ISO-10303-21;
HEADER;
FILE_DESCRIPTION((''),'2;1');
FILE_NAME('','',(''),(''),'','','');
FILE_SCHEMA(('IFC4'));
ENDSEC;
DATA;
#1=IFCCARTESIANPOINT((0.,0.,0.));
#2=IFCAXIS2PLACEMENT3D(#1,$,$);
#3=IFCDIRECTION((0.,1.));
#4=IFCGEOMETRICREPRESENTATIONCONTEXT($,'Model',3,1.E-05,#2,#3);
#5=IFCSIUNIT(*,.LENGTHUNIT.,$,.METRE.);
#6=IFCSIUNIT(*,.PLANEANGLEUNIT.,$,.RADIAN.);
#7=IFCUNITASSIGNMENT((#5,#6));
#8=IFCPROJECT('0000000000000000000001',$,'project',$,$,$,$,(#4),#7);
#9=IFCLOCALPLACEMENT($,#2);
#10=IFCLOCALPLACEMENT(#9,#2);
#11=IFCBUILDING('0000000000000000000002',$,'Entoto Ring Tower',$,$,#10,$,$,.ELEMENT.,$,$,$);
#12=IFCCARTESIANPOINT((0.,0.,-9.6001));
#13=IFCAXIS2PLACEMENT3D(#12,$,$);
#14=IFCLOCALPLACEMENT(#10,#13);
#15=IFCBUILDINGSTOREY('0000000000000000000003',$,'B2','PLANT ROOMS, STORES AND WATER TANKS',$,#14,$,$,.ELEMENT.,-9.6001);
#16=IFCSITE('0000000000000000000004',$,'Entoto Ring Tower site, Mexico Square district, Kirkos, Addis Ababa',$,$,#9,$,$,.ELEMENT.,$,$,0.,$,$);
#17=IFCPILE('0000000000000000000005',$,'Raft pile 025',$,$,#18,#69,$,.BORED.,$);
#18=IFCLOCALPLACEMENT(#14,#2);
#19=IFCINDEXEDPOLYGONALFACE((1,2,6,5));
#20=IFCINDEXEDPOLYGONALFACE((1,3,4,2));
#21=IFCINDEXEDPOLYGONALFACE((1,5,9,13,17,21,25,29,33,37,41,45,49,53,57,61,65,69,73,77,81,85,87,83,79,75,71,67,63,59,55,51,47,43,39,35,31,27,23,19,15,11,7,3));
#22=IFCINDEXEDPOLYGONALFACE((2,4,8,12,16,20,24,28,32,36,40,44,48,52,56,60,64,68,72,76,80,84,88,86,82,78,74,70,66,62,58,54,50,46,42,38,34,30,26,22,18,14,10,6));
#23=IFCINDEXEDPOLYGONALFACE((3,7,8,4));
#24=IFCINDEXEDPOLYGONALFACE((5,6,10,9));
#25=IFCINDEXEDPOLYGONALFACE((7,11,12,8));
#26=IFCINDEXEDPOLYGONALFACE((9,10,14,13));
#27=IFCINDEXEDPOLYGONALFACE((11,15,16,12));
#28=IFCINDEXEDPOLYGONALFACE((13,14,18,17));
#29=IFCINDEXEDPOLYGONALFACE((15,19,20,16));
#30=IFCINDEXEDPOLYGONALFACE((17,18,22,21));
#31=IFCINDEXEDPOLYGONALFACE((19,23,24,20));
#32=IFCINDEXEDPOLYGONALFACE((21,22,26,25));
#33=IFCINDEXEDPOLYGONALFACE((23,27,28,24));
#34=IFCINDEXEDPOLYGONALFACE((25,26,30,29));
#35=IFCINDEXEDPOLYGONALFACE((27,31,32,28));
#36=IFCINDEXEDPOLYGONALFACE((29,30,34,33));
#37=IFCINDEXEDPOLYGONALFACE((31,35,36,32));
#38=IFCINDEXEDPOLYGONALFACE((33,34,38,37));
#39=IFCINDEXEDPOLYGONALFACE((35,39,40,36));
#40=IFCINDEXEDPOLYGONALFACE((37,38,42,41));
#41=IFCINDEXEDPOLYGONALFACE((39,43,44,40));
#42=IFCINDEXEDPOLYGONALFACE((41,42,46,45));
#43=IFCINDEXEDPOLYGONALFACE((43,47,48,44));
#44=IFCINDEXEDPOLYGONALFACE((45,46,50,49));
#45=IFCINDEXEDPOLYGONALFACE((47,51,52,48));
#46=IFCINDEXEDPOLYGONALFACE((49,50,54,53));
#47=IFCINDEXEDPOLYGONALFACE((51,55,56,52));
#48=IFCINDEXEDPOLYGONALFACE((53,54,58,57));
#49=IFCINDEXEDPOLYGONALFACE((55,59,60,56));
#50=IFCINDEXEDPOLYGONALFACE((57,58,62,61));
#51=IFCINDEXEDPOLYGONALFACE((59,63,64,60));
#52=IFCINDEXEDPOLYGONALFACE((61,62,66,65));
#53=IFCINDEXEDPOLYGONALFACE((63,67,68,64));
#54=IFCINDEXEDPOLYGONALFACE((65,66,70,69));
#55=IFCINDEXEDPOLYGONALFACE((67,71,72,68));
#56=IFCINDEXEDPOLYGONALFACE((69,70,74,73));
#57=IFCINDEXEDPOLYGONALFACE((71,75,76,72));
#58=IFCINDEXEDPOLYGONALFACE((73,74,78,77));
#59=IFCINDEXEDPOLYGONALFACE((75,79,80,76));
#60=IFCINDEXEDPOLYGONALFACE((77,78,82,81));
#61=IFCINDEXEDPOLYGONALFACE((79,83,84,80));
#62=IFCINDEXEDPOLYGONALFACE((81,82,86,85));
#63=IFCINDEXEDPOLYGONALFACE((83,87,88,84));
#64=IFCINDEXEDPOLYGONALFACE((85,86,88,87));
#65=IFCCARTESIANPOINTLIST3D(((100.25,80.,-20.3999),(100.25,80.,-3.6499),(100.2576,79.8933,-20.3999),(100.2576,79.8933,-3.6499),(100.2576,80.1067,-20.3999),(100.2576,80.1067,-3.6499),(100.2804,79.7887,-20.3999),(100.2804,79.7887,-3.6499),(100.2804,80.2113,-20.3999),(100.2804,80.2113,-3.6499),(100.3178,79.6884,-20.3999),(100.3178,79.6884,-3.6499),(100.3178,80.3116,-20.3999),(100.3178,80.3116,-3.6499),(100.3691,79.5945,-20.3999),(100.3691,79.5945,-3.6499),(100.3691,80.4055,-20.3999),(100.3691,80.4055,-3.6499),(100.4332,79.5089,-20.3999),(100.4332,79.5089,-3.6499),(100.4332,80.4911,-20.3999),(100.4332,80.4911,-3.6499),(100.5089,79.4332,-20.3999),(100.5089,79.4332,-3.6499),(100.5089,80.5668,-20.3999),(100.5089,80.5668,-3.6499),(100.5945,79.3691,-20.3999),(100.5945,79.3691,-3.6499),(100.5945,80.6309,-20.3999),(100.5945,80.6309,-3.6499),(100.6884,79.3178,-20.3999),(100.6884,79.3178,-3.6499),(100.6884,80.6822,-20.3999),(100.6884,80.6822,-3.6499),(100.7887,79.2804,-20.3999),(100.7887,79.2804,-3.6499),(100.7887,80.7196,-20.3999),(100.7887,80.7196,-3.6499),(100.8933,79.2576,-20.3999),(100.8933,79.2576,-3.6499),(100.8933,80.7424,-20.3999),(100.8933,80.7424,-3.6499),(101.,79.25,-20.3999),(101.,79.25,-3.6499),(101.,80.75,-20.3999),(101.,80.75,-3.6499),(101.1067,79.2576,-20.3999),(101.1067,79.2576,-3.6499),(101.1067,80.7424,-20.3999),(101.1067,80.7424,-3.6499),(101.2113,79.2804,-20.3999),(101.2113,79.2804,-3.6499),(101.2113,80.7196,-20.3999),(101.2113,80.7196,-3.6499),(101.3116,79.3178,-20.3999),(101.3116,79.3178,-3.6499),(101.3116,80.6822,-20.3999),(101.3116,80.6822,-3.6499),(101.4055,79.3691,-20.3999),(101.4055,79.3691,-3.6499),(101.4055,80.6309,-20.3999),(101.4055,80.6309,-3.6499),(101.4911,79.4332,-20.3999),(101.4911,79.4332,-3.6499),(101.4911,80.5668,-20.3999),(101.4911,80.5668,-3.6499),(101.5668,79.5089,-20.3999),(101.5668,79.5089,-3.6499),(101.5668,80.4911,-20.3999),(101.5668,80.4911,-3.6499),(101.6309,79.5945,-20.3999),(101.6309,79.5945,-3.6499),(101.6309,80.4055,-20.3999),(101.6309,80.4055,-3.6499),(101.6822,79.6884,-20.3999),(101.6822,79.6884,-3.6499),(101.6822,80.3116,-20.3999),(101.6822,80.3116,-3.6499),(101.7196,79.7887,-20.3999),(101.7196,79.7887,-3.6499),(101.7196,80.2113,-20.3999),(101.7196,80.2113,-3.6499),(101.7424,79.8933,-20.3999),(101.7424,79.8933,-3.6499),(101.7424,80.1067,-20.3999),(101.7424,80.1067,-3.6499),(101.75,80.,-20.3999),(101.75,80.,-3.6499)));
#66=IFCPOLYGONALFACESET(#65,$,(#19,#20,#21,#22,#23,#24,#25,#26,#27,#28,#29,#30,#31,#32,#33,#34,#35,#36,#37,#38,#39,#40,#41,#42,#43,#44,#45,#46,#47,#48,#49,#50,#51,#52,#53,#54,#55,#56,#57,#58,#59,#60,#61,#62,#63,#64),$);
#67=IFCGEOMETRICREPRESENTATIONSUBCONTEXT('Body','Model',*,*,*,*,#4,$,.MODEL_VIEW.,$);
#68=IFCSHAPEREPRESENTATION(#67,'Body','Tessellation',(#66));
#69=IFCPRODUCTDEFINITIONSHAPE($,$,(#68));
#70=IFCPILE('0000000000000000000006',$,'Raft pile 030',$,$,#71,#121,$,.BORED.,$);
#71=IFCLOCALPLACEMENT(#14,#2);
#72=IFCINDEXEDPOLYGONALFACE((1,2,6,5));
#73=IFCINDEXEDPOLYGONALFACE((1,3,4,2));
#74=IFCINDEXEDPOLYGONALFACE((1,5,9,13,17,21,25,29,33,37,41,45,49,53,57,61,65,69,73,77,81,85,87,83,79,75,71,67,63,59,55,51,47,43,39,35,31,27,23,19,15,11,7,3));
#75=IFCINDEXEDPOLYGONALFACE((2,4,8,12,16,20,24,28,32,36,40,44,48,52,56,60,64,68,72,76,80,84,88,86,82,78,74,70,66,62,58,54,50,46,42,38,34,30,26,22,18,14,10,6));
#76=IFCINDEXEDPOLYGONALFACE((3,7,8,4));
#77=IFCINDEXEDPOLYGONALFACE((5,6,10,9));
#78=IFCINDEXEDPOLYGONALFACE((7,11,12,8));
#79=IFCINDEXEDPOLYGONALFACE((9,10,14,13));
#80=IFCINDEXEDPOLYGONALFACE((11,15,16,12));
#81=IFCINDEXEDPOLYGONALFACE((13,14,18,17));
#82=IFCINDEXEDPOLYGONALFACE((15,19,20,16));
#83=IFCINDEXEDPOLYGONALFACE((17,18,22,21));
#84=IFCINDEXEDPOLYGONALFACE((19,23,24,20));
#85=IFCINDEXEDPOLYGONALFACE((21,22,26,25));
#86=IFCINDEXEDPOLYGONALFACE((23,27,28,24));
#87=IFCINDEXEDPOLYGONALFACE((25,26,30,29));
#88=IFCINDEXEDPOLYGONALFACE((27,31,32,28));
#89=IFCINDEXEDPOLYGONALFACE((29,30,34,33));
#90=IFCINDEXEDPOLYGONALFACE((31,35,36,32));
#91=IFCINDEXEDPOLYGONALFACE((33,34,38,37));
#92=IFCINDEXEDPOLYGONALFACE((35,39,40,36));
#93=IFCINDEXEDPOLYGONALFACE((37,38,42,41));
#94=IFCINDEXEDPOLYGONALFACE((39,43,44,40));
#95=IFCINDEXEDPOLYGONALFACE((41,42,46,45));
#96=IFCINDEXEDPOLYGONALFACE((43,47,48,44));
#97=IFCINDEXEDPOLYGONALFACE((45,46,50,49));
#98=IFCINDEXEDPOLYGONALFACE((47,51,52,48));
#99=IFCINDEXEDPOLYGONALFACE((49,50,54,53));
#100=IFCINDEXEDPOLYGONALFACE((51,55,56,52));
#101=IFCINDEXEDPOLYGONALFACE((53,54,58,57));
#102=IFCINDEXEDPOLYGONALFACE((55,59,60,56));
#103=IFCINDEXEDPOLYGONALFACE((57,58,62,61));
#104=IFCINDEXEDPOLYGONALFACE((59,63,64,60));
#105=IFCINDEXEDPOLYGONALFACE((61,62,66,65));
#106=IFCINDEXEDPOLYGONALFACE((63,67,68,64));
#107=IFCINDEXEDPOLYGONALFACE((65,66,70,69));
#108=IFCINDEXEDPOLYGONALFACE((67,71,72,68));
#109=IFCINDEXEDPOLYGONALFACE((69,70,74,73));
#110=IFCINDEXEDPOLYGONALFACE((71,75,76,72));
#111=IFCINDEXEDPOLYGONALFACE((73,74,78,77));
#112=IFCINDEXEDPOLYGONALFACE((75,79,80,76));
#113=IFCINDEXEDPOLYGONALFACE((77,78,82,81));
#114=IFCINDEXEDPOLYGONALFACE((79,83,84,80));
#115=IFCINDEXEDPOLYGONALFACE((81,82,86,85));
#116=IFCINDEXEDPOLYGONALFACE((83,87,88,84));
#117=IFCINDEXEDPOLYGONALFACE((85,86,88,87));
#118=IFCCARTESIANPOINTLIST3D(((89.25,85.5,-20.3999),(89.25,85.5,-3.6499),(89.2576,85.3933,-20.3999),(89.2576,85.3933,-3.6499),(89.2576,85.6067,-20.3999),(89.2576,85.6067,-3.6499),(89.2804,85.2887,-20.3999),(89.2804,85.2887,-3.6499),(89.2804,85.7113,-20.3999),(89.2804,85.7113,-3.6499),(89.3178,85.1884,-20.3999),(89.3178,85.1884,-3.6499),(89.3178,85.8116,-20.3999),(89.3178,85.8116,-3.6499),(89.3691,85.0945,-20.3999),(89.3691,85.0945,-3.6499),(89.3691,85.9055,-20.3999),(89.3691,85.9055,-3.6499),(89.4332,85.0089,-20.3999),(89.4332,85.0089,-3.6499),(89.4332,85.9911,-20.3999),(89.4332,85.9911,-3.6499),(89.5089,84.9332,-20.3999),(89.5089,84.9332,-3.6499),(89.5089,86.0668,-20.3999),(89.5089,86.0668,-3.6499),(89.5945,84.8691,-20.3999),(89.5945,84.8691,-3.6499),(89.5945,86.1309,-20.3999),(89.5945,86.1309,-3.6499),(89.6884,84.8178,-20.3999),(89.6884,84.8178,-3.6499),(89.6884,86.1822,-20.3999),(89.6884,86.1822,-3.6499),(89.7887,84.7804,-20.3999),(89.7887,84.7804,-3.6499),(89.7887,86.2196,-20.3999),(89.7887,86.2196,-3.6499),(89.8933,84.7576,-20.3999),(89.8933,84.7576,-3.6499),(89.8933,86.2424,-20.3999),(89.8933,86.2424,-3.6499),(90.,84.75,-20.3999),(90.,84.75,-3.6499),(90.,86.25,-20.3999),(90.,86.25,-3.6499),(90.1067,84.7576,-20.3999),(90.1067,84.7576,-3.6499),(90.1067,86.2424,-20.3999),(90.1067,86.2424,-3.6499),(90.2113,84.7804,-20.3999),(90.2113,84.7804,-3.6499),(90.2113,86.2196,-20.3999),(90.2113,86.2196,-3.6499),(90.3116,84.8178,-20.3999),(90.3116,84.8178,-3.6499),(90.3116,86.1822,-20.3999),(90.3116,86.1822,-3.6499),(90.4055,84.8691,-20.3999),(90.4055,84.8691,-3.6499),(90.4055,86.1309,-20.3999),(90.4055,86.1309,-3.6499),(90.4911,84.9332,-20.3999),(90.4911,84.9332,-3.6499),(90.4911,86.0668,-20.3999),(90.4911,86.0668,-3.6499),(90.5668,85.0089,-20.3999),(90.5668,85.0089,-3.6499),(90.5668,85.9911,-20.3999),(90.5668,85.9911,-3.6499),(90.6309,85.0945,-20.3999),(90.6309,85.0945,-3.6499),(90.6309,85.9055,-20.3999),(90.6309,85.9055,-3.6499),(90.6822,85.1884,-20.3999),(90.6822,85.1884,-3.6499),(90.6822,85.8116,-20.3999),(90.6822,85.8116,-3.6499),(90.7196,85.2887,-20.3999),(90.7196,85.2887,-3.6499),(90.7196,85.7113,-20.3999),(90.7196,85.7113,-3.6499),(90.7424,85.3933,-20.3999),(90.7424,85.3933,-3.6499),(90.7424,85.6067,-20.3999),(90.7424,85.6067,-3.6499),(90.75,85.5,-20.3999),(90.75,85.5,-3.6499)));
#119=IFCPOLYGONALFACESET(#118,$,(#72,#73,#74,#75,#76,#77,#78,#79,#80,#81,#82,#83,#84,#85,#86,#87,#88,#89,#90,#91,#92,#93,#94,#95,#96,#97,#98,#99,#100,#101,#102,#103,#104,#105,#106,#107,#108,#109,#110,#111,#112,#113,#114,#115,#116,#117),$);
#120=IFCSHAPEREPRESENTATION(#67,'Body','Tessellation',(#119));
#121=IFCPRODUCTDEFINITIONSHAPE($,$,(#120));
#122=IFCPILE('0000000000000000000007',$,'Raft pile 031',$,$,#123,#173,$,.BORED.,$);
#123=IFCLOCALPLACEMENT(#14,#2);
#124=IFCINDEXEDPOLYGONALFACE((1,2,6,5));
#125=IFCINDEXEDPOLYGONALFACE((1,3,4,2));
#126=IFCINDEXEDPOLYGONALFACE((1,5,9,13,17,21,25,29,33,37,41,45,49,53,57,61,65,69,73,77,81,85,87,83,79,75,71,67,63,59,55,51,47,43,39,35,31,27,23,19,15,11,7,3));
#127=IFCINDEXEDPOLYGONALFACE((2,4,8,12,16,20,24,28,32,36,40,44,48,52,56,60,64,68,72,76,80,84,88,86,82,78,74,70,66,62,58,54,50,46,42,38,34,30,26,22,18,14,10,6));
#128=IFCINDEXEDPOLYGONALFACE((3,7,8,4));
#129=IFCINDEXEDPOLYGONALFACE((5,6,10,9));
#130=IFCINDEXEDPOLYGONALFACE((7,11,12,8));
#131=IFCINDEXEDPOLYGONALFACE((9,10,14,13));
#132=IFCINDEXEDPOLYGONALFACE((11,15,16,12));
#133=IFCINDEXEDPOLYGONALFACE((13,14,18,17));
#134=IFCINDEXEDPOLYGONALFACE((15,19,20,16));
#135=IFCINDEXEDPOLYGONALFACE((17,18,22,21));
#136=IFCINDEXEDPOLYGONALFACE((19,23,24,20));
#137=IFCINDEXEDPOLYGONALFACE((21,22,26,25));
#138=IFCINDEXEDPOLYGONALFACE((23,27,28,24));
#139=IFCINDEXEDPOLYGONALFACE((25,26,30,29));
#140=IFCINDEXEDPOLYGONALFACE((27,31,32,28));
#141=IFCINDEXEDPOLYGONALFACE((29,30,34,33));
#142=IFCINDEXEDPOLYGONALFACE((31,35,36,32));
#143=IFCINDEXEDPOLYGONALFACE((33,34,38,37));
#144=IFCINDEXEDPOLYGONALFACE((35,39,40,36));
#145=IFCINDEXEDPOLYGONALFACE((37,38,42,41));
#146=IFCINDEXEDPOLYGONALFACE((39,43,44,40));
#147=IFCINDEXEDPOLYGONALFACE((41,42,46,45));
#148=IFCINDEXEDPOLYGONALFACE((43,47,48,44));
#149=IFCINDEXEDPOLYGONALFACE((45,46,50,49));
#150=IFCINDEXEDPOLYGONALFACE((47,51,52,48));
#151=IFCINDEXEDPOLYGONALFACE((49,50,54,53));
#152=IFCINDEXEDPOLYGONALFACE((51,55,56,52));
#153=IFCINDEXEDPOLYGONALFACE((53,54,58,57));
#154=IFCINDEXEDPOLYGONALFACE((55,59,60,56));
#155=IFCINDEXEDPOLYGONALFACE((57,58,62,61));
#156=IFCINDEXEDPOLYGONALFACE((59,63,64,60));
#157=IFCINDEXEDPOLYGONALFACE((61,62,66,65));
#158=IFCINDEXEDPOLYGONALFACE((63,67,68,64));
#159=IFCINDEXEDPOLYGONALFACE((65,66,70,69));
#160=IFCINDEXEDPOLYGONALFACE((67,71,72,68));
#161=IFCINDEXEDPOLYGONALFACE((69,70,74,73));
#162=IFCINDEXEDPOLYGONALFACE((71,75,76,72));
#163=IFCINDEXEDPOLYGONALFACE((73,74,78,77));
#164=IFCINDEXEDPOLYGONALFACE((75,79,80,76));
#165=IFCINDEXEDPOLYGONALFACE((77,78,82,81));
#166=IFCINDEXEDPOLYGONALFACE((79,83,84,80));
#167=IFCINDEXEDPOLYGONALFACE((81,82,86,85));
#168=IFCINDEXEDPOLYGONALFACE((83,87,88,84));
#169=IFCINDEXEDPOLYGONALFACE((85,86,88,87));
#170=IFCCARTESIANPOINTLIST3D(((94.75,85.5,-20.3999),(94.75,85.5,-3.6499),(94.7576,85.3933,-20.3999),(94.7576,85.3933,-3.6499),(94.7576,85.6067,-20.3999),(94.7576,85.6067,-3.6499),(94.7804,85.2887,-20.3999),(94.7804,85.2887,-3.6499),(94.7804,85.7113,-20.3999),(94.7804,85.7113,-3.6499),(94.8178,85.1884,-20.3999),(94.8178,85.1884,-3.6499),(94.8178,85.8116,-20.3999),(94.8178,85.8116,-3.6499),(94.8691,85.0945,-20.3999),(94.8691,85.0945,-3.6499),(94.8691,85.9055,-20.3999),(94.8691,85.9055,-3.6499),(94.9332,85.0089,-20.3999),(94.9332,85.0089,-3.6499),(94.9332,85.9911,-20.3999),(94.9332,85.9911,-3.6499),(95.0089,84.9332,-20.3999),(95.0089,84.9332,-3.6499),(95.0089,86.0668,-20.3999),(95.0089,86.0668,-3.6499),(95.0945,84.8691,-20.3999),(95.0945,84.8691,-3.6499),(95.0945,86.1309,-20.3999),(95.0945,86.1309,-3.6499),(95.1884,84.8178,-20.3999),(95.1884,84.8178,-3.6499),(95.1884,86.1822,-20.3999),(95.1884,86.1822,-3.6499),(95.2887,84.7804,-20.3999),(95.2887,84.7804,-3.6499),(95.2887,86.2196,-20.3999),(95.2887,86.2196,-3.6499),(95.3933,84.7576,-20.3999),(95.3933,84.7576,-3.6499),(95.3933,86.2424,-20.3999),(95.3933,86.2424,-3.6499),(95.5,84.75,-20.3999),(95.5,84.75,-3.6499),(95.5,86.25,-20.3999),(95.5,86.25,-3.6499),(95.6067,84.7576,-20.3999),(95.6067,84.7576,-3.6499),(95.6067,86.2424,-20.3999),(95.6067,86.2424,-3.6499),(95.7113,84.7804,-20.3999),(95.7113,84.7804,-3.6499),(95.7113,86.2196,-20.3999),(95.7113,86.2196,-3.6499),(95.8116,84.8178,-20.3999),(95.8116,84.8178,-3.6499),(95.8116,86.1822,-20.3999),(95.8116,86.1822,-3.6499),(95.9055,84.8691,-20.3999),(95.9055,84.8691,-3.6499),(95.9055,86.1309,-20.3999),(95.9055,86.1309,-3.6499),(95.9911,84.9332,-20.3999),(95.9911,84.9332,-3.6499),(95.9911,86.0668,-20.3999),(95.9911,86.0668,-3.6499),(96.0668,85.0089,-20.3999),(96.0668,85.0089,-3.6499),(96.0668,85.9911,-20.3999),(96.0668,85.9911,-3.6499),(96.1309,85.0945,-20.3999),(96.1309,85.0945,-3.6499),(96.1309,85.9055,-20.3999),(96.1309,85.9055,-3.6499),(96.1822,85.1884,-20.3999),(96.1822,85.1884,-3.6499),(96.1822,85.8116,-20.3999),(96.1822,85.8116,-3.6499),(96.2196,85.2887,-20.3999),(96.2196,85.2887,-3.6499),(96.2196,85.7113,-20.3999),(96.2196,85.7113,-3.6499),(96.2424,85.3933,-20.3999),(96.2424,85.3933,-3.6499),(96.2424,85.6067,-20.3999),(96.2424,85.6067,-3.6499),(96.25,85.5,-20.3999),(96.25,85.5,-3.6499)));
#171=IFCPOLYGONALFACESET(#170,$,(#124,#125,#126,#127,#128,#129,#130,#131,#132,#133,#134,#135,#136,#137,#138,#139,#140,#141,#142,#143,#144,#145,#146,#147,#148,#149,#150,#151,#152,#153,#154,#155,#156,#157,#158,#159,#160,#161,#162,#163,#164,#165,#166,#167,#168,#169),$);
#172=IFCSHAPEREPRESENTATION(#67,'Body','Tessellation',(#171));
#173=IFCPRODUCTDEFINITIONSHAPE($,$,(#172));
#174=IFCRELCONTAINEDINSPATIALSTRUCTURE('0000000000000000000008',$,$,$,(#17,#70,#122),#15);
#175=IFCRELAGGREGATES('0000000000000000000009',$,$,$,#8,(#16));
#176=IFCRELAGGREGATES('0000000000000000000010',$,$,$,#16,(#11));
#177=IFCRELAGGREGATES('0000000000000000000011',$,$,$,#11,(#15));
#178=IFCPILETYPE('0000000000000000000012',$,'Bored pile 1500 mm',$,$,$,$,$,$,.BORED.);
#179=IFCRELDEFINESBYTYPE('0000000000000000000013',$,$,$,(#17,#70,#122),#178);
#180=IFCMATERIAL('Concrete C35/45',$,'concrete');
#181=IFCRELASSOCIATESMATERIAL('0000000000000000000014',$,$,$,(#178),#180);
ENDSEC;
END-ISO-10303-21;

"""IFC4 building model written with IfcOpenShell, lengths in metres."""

from ifc_helpers import new_model, si_unit, direction, frame, origin, origin_2d, place, context, subcontext, project, spatial, circle, extrude, material, material_profile, profile_set, type_object, element, save


model = new_model("IFC4")

# Units and contexts
model_context = context("Model", 3, precision=1e-05, world=origin(), true_north=direction((0.0, 1.0)))
body_context = subcontext(model_context, "Body", "Model", "MODEL_VIEW")
ifc_project = project(units=[si_unit("LENGTHUNIT", "METRE"), si_unit("PLANEANGLEUNIT", "RADIAN")], contexts=[model_context])

# Site, building, storey
site_placement = place(None, origin())
site = spatial("IfcSite", under=ifc_project, at=site_placement, Name="Entoto Ring Tower site, Mexico Square district, Kirkos, Addis Ababa", CompositionType="ELEMENT", RefElevation=0.0)
building_placement = place(site_placement, origin())
building = spatial("IfcBuilding", under=site, at=building_placement, Name="Entoto Ring Tower", CompositionType="ELEMENT")
storey_placement = place(building_placement, frame((0.0, 0.0, -9.6001)))
storey = spatial("IfcBuildingStorey", under=building, at=storey_placement, Name="B2", Description="PLANT ROOMS, STORES AND WATER TANKS", CompositionType="ELEMENT", Elevation=-9.6001)

# Piles
ifc_material_1 = material(Name="Concrete C35/45", Category="concrete")
ifc_material_profile_1 = material_profile(ifc_material_1, circle(Radius=0.75, at=origin_2d()), Name="Bored pile 1500 mm")
ifc_profile_set_1 = profile_set([ifc_material_profile_1], Name="Concrete C35/45")
pile_type = type_object("IfcPileType", Name="Bored pile 1500 mm", PredefinedType="BORED", material=ifc_profile_set_1)
for number, where, z_axis, x_axis, name in (
    (1, (101.0, 80.0, -3.6499), (0.0, 0.0, -1.0), (1.0, 0.0, 0.0), "Raft pile 025"),
    (2, (90.0, 85.5, -3.6499), (0.0, 0.0, -1.0), (1.0, 0.0, 0.0), "Raft pile 030"),
    (3, (95.5, 85.5, -3.6499), (0.0, 0.0, -1.0), (1.0, 0.0, 0.0), "Raft pile 031"),
):
    element("IfcPile", number, at=place(storey_placement, frame(where, z_axis=z_axis, x_axis=x_axis)), inside=storey, type_object=pile_type, Name=name, PredefinedType="BORED", context=body_context, shape_type="SweptSolid", body=[
        extrude(circle(Radius=0.75, at=origin_2d()), origin(), (0.0, 0.0, 1.0), 16.75),
    ])

save(model, "model.ifc")
